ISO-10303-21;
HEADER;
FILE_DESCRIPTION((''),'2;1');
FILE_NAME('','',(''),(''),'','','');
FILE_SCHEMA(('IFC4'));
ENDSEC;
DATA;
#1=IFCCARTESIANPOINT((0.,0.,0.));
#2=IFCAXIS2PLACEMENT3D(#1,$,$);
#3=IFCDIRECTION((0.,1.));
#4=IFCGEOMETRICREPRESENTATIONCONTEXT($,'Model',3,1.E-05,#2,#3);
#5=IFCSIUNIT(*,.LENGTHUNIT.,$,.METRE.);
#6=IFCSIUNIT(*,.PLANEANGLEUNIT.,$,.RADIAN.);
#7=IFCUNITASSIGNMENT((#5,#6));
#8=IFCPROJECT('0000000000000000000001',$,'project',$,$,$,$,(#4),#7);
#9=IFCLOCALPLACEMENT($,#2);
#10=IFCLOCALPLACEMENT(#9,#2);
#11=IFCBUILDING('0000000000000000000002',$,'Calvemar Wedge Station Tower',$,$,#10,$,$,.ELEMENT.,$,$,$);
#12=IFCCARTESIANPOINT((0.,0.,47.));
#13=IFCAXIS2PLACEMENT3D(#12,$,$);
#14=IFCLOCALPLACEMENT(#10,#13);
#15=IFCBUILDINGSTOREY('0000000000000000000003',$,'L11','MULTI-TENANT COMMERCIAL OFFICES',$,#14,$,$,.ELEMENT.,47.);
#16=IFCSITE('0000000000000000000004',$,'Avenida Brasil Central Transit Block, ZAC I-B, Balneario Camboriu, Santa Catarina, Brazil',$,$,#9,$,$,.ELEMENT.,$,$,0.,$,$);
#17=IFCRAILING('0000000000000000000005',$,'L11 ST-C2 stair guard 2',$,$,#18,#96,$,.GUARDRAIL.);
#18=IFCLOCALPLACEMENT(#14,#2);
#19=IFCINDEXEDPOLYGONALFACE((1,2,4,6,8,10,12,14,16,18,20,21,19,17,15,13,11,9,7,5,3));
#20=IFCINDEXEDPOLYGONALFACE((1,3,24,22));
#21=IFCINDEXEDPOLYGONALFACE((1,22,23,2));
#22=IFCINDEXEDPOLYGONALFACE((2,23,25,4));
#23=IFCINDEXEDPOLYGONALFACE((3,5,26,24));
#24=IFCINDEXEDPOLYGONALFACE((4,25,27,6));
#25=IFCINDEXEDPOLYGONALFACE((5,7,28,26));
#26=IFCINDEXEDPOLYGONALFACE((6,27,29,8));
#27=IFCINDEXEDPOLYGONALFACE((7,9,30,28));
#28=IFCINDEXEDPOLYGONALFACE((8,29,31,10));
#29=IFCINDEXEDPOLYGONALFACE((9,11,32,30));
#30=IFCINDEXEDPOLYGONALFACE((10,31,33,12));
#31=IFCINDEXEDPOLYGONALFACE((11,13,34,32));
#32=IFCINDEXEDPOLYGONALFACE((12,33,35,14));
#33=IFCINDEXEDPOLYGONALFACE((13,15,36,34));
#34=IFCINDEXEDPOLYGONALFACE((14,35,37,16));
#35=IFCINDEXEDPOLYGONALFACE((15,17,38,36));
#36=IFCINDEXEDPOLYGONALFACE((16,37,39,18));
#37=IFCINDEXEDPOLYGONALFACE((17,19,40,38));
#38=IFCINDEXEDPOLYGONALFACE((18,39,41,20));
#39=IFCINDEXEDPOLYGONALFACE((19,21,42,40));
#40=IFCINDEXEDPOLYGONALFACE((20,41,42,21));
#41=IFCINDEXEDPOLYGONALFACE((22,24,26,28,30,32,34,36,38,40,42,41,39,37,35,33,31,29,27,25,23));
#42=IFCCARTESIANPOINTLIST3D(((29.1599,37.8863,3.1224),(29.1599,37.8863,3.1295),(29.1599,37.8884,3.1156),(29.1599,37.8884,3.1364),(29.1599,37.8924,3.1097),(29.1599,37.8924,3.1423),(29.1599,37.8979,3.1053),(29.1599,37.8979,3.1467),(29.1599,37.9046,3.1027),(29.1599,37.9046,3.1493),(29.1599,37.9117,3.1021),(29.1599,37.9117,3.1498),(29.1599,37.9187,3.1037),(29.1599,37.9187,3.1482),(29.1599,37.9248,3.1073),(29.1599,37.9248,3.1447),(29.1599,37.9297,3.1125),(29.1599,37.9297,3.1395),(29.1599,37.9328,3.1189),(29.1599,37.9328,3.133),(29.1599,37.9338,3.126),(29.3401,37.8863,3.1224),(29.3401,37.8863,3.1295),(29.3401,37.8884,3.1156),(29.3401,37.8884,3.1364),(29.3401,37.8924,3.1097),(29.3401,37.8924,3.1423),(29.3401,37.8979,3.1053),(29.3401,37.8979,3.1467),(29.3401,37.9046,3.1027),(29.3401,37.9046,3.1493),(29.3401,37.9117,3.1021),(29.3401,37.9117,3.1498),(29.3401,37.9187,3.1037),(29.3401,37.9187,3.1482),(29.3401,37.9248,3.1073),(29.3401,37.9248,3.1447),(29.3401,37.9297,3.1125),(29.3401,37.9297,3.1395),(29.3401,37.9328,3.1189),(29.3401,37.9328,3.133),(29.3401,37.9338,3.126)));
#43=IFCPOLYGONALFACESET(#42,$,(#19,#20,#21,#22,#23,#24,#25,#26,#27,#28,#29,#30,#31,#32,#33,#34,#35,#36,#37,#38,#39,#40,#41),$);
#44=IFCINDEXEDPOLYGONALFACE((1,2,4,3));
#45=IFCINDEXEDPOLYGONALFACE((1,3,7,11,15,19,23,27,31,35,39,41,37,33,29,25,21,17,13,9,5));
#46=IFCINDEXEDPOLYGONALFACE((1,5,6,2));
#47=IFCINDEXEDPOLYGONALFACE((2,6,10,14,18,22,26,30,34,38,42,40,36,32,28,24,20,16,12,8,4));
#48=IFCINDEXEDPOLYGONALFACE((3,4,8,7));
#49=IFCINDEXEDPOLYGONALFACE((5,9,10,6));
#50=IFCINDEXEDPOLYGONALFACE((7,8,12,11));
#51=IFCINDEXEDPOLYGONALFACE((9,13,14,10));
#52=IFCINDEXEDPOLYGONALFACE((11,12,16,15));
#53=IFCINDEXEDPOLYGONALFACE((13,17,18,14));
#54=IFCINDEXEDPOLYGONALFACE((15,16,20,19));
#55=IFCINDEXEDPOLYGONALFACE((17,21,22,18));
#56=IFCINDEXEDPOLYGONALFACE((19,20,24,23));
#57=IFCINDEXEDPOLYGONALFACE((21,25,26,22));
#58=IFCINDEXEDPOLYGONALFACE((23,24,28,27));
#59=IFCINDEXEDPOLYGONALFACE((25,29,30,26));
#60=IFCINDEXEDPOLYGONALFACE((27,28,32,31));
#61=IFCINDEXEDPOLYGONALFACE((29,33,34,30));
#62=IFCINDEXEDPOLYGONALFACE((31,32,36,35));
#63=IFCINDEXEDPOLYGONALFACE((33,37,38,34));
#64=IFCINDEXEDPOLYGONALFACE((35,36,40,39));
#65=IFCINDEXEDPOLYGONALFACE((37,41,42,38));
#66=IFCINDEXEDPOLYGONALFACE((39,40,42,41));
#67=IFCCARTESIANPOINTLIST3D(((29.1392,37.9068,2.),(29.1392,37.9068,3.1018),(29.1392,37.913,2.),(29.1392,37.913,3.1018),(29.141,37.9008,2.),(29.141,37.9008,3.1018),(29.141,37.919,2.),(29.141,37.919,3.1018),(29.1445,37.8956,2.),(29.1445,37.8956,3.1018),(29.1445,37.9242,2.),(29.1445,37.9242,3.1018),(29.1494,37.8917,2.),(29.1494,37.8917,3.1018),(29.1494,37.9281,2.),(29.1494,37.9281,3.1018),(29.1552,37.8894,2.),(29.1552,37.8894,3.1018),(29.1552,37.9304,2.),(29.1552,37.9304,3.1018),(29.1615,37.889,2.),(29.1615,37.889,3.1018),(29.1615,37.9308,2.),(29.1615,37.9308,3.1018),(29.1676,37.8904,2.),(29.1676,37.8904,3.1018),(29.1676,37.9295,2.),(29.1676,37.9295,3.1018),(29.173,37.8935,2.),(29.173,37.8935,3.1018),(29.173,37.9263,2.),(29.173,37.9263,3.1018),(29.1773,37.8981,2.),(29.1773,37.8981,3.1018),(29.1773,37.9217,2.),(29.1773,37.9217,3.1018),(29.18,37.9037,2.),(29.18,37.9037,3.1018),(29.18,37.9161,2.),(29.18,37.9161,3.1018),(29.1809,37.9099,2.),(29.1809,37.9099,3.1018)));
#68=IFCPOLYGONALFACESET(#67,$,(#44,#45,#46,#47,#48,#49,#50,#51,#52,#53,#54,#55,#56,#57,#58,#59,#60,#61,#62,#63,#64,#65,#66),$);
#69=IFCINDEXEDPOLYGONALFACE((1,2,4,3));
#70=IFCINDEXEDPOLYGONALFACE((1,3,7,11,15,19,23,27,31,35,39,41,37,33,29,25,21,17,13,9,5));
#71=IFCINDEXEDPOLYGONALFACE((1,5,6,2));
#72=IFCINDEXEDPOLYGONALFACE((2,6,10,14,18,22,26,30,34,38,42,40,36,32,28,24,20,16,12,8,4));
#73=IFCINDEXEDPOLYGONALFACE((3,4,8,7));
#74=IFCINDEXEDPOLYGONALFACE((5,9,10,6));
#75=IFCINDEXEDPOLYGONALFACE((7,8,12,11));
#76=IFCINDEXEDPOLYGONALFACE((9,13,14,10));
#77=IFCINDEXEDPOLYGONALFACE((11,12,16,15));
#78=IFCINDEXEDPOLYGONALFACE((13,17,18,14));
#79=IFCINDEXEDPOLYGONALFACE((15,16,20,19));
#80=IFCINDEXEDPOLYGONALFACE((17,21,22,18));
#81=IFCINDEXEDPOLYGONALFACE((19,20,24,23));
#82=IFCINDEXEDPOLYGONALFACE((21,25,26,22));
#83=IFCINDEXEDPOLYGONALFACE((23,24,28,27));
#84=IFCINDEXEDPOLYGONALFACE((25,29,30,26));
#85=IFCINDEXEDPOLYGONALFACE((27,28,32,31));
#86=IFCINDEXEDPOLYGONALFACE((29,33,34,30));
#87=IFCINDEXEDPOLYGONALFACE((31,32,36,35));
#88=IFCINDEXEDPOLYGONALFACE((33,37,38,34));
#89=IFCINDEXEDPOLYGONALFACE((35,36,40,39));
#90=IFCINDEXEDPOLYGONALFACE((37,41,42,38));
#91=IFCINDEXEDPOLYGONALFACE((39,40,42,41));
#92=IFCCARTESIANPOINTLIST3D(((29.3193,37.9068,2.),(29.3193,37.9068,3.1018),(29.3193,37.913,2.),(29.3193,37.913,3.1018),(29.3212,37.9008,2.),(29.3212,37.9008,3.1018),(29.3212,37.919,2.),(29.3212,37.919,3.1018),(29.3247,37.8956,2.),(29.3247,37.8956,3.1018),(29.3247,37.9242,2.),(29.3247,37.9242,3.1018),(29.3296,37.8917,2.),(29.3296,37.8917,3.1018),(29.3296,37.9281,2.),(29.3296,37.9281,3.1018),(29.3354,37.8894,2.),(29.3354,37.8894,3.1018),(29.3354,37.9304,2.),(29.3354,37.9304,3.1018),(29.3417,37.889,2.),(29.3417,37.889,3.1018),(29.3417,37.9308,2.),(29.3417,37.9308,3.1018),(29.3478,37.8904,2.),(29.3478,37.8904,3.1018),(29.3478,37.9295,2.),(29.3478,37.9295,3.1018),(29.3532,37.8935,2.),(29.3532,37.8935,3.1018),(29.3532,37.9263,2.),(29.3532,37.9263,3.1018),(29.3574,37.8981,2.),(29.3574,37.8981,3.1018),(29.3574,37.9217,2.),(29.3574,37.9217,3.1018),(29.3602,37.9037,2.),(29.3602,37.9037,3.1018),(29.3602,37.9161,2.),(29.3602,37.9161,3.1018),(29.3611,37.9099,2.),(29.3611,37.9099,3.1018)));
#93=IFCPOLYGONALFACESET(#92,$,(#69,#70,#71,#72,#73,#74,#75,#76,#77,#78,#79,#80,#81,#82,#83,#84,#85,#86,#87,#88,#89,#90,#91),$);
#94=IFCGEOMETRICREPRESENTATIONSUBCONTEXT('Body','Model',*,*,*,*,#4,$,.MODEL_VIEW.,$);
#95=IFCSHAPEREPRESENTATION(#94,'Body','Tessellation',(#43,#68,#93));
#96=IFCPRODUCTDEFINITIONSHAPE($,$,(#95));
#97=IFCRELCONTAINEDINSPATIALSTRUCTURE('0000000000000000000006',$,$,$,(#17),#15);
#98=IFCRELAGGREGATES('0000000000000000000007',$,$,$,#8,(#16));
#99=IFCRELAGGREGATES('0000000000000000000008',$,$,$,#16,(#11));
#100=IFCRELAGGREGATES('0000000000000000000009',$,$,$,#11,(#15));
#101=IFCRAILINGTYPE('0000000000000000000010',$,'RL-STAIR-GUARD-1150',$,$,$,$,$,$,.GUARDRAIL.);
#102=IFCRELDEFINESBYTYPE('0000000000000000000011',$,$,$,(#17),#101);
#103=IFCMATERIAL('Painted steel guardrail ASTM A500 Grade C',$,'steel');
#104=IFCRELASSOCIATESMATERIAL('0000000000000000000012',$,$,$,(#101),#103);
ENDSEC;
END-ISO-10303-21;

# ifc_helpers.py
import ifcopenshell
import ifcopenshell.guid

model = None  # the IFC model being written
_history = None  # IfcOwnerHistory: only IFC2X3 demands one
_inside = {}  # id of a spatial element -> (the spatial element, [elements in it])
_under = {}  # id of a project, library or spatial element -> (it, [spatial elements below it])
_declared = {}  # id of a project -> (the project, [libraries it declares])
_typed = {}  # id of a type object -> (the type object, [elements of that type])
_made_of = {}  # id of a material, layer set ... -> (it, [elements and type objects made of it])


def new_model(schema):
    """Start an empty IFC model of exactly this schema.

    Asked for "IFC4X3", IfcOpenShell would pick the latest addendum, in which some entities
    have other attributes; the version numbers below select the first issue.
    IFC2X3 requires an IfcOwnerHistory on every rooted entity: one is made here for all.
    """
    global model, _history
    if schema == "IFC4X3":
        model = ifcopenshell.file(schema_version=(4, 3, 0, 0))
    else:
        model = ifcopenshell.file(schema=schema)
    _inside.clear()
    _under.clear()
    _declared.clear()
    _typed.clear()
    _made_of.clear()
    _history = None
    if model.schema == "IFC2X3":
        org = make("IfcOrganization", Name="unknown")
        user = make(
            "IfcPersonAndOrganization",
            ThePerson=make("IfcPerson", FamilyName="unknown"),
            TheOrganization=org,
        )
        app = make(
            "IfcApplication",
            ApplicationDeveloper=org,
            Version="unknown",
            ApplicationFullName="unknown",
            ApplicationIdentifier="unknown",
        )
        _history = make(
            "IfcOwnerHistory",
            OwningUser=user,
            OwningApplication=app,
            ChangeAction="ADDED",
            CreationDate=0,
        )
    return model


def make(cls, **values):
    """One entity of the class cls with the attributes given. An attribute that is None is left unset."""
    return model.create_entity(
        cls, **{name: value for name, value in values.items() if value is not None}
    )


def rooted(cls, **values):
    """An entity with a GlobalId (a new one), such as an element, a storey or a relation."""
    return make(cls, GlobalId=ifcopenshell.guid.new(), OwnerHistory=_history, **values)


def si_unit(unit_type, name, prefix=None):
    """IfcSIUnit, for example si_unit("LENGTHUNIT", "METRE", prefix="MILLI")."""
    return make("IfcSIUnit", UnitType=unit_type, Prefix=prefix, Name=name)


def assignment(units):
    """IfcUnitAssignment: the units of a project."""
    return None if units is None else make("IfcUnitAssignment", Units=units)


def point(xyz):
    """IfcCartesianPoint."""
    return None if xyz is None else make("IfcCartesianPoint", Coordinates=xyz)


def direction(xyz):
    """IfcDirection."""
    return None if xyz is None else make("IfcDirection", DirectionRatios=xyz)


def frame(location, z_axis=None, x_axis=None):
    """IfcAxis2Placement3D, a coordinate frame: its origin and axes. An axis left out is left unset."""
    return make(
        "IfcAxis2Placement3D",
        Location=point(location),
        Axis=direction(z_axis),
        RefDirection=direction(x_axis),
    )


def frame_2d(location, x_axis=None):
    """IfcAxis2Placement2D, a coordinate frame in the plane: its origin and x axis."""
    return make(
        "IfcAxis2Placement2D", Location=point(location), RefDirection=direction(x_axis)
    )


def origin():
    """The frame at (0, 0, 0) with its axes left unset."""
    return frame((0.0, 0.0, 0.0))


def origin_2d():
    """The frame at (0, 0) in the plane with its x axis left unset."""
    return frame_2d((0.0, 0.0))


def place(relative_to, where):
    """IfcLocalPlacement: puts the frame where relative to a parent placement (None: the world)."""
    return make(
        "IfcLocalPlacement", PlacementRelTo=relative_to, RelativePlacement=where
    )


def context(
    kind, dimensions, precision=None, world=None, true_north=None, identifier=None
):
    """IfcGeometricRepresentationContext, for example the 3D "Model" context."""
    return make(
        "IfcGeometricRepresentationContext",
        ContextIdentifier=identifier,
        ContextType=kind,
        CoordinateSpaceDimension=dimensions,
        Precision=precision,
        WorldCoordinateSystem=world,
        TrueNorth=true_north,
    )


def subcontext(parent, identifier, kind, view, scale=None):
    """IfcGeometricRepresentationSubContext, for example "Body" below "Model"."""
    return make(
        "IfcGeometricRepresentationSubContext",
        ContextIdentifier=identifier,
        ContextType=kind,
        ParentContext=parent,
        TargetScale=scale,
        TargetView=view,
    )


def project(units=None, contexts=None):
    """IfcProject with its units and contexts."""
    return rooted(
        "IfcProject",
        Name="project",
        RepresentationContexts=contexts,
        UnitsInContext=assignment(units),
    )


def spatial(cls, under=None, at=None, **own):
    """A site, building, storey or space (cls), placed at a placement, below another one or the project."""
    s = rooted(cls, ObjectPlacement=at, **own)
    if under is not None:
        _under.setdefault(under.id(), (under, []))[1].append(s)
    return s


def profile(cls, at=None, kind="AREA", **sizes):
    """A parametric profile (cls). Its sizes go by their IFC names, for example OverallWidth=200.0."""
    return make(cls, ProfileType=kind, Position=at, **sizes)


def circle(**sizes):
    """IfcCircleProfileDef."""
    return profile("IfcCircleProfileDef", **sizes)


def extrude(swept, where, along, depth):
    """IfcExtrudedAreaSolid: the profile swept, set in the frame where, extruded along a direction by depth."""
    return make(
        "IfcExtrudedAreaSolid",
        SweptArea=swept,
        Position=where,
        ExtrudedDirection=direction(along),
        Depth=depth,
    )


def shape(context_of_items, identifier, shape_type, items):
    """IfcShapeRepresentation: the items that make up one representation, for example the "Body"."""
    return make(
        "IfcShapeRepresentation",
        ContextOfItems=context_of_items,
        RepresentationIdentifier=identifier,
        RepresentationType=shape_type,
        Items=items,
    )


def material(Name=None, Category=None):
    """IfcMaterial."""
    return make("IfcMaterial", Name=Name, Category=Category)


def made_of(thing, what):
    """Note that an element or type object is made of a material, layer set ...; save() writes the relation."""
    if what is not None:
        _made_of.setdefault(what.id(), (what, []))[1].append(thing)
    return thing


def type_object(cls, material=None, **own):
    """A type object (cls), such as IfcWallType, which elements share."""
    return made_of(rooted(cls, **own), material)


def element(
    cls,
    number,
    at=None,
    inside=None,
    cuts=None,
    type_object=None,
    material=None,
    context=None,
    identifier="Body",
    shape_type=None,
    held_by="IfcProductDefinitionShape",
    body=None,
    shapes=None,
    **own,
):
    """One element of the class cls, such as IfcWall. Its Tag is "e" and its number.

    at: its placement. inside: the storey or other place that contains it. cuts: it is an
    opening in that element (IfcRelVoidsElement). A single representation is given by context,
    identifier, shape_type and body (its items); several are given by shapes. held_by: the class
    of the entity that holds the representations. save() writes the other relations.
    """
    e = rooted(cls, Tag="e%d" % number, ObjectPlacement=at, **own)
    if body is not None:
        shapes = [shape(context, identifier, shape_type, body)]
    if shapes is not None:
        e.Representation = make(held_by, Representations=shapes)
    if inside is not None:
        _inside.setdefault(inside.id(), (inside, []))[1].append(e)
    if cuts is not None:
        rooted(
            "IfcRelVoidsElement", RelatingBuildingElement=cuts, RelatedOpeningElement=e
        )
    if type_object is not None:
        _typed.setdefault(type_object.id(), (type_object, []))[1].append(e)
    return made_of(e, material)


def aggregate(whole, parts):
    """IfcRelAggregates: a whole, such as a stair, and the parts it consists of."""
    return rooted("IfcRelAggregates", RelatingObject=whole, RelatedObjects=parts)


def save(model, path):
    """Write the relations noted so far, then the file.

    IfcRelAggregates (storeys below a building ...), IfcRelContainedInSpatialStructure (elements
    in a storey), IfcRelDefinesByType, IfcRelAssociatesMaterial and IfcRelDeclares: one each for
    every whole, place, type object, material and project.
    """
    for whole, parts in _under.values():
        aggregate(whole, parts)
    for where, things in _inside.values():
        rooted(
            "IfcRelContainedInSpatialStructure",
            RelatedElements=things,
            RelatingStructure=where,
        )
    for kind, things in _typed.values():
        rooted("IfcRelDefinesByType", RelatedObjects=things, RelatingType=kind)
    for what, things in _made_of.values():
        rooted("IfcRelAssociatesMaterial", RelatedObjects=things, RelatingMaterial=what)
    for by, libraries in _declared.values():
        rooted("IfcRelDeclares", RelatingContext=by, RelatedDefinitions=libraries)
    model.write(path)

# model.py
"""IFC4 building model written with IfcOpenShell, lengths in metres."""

from ifc_helpers import new_model, si_unit, direction, frame, origin, origin_2d, place, context, subcontext, project, spatial, circle, extrude, material, type_object, element, save


model = new_model("IFC4")

# Units and contexts
model_context = context("Model", 3, precision=1e-05, world=origin(), true_north=direction((0.0, 1.0)))
body_context = subcontext(model_context, "Body", "Model", "MODEL_VIEW")
ifc_project = project(units=[si_unit("LENGTHUNIT", "METRE"), si_unit("PLANEANGLEUNIT", "RADIAN")], contexts=[model_context])

# Site, building, storey
site_placement = place(None, origin())
site = spatial("IfcSite", under=ifc_project, at=site_placement, Name="Avenida Brasil Central Transit Block, ZAC I-B, Balneario Camboriu, Santa Catarina, Brazil", CompositionType="ELEMENT", RefElevation=0.0)
building_placement = place(site_placement, origin())
building = spatial("IfcBuilding", under=site, at=building_placement, Name="Calvemar Wedge Station Tower", CompositionType="ELEMENT")
storey_placement = place(building_placement, frame((0.0, 0.0, 47.0)))
storey = spatial("IfcBuildingStorey", under=building, at=storey_placement, Name="L11", Description="MULTI-TENANT COMMERCIAL OFFICES", CompositionType="ELEMENT", Elevation=47.0)

# Railing
ifc_material_1 = material(Name="Painted steel guardrail ASTM A500 Grade C", Category="steel")
railing_type_1 = type_object("IfcRailingType", Name="RL-STAIR-GUARD-1150", PredefinedType="GUARDRAIL", material=ifc_material_1)
railing_1_placement = place(storey_placement, frame((29.1599, 37.9099, 2.0)))
element("IfcRailing", 1, at=railing_1_placement, inside=storey, type_object=railing_type_1, Name="L11 ST-C2 stair guard 2", PredefinedType="GUARDRAIL", context=body_context, shape_type="SweptSolid", body=[
    extrude(circle(Radius=0.0239, at=origin_2d()), frame((0.0, 0.0, 1.126), z_axis=(1.0, 0.0, 0.0), x_axis=(0.0, 1.0, 0.0)), (0.0, 0.0, 1.0), 0.1802),
    extrude(circle(Radius=0.021, at=origin_2d()), origin(), (0.0, 0.0, 1.0), 1.1018),
    extrude(circle(Radius=0.021, at=origin_2d()), frame((0.1802, 0.0, 0.0)), (0.0, 0.0, 1.0), 1.1018),
])

save(model, "model.ifc")
